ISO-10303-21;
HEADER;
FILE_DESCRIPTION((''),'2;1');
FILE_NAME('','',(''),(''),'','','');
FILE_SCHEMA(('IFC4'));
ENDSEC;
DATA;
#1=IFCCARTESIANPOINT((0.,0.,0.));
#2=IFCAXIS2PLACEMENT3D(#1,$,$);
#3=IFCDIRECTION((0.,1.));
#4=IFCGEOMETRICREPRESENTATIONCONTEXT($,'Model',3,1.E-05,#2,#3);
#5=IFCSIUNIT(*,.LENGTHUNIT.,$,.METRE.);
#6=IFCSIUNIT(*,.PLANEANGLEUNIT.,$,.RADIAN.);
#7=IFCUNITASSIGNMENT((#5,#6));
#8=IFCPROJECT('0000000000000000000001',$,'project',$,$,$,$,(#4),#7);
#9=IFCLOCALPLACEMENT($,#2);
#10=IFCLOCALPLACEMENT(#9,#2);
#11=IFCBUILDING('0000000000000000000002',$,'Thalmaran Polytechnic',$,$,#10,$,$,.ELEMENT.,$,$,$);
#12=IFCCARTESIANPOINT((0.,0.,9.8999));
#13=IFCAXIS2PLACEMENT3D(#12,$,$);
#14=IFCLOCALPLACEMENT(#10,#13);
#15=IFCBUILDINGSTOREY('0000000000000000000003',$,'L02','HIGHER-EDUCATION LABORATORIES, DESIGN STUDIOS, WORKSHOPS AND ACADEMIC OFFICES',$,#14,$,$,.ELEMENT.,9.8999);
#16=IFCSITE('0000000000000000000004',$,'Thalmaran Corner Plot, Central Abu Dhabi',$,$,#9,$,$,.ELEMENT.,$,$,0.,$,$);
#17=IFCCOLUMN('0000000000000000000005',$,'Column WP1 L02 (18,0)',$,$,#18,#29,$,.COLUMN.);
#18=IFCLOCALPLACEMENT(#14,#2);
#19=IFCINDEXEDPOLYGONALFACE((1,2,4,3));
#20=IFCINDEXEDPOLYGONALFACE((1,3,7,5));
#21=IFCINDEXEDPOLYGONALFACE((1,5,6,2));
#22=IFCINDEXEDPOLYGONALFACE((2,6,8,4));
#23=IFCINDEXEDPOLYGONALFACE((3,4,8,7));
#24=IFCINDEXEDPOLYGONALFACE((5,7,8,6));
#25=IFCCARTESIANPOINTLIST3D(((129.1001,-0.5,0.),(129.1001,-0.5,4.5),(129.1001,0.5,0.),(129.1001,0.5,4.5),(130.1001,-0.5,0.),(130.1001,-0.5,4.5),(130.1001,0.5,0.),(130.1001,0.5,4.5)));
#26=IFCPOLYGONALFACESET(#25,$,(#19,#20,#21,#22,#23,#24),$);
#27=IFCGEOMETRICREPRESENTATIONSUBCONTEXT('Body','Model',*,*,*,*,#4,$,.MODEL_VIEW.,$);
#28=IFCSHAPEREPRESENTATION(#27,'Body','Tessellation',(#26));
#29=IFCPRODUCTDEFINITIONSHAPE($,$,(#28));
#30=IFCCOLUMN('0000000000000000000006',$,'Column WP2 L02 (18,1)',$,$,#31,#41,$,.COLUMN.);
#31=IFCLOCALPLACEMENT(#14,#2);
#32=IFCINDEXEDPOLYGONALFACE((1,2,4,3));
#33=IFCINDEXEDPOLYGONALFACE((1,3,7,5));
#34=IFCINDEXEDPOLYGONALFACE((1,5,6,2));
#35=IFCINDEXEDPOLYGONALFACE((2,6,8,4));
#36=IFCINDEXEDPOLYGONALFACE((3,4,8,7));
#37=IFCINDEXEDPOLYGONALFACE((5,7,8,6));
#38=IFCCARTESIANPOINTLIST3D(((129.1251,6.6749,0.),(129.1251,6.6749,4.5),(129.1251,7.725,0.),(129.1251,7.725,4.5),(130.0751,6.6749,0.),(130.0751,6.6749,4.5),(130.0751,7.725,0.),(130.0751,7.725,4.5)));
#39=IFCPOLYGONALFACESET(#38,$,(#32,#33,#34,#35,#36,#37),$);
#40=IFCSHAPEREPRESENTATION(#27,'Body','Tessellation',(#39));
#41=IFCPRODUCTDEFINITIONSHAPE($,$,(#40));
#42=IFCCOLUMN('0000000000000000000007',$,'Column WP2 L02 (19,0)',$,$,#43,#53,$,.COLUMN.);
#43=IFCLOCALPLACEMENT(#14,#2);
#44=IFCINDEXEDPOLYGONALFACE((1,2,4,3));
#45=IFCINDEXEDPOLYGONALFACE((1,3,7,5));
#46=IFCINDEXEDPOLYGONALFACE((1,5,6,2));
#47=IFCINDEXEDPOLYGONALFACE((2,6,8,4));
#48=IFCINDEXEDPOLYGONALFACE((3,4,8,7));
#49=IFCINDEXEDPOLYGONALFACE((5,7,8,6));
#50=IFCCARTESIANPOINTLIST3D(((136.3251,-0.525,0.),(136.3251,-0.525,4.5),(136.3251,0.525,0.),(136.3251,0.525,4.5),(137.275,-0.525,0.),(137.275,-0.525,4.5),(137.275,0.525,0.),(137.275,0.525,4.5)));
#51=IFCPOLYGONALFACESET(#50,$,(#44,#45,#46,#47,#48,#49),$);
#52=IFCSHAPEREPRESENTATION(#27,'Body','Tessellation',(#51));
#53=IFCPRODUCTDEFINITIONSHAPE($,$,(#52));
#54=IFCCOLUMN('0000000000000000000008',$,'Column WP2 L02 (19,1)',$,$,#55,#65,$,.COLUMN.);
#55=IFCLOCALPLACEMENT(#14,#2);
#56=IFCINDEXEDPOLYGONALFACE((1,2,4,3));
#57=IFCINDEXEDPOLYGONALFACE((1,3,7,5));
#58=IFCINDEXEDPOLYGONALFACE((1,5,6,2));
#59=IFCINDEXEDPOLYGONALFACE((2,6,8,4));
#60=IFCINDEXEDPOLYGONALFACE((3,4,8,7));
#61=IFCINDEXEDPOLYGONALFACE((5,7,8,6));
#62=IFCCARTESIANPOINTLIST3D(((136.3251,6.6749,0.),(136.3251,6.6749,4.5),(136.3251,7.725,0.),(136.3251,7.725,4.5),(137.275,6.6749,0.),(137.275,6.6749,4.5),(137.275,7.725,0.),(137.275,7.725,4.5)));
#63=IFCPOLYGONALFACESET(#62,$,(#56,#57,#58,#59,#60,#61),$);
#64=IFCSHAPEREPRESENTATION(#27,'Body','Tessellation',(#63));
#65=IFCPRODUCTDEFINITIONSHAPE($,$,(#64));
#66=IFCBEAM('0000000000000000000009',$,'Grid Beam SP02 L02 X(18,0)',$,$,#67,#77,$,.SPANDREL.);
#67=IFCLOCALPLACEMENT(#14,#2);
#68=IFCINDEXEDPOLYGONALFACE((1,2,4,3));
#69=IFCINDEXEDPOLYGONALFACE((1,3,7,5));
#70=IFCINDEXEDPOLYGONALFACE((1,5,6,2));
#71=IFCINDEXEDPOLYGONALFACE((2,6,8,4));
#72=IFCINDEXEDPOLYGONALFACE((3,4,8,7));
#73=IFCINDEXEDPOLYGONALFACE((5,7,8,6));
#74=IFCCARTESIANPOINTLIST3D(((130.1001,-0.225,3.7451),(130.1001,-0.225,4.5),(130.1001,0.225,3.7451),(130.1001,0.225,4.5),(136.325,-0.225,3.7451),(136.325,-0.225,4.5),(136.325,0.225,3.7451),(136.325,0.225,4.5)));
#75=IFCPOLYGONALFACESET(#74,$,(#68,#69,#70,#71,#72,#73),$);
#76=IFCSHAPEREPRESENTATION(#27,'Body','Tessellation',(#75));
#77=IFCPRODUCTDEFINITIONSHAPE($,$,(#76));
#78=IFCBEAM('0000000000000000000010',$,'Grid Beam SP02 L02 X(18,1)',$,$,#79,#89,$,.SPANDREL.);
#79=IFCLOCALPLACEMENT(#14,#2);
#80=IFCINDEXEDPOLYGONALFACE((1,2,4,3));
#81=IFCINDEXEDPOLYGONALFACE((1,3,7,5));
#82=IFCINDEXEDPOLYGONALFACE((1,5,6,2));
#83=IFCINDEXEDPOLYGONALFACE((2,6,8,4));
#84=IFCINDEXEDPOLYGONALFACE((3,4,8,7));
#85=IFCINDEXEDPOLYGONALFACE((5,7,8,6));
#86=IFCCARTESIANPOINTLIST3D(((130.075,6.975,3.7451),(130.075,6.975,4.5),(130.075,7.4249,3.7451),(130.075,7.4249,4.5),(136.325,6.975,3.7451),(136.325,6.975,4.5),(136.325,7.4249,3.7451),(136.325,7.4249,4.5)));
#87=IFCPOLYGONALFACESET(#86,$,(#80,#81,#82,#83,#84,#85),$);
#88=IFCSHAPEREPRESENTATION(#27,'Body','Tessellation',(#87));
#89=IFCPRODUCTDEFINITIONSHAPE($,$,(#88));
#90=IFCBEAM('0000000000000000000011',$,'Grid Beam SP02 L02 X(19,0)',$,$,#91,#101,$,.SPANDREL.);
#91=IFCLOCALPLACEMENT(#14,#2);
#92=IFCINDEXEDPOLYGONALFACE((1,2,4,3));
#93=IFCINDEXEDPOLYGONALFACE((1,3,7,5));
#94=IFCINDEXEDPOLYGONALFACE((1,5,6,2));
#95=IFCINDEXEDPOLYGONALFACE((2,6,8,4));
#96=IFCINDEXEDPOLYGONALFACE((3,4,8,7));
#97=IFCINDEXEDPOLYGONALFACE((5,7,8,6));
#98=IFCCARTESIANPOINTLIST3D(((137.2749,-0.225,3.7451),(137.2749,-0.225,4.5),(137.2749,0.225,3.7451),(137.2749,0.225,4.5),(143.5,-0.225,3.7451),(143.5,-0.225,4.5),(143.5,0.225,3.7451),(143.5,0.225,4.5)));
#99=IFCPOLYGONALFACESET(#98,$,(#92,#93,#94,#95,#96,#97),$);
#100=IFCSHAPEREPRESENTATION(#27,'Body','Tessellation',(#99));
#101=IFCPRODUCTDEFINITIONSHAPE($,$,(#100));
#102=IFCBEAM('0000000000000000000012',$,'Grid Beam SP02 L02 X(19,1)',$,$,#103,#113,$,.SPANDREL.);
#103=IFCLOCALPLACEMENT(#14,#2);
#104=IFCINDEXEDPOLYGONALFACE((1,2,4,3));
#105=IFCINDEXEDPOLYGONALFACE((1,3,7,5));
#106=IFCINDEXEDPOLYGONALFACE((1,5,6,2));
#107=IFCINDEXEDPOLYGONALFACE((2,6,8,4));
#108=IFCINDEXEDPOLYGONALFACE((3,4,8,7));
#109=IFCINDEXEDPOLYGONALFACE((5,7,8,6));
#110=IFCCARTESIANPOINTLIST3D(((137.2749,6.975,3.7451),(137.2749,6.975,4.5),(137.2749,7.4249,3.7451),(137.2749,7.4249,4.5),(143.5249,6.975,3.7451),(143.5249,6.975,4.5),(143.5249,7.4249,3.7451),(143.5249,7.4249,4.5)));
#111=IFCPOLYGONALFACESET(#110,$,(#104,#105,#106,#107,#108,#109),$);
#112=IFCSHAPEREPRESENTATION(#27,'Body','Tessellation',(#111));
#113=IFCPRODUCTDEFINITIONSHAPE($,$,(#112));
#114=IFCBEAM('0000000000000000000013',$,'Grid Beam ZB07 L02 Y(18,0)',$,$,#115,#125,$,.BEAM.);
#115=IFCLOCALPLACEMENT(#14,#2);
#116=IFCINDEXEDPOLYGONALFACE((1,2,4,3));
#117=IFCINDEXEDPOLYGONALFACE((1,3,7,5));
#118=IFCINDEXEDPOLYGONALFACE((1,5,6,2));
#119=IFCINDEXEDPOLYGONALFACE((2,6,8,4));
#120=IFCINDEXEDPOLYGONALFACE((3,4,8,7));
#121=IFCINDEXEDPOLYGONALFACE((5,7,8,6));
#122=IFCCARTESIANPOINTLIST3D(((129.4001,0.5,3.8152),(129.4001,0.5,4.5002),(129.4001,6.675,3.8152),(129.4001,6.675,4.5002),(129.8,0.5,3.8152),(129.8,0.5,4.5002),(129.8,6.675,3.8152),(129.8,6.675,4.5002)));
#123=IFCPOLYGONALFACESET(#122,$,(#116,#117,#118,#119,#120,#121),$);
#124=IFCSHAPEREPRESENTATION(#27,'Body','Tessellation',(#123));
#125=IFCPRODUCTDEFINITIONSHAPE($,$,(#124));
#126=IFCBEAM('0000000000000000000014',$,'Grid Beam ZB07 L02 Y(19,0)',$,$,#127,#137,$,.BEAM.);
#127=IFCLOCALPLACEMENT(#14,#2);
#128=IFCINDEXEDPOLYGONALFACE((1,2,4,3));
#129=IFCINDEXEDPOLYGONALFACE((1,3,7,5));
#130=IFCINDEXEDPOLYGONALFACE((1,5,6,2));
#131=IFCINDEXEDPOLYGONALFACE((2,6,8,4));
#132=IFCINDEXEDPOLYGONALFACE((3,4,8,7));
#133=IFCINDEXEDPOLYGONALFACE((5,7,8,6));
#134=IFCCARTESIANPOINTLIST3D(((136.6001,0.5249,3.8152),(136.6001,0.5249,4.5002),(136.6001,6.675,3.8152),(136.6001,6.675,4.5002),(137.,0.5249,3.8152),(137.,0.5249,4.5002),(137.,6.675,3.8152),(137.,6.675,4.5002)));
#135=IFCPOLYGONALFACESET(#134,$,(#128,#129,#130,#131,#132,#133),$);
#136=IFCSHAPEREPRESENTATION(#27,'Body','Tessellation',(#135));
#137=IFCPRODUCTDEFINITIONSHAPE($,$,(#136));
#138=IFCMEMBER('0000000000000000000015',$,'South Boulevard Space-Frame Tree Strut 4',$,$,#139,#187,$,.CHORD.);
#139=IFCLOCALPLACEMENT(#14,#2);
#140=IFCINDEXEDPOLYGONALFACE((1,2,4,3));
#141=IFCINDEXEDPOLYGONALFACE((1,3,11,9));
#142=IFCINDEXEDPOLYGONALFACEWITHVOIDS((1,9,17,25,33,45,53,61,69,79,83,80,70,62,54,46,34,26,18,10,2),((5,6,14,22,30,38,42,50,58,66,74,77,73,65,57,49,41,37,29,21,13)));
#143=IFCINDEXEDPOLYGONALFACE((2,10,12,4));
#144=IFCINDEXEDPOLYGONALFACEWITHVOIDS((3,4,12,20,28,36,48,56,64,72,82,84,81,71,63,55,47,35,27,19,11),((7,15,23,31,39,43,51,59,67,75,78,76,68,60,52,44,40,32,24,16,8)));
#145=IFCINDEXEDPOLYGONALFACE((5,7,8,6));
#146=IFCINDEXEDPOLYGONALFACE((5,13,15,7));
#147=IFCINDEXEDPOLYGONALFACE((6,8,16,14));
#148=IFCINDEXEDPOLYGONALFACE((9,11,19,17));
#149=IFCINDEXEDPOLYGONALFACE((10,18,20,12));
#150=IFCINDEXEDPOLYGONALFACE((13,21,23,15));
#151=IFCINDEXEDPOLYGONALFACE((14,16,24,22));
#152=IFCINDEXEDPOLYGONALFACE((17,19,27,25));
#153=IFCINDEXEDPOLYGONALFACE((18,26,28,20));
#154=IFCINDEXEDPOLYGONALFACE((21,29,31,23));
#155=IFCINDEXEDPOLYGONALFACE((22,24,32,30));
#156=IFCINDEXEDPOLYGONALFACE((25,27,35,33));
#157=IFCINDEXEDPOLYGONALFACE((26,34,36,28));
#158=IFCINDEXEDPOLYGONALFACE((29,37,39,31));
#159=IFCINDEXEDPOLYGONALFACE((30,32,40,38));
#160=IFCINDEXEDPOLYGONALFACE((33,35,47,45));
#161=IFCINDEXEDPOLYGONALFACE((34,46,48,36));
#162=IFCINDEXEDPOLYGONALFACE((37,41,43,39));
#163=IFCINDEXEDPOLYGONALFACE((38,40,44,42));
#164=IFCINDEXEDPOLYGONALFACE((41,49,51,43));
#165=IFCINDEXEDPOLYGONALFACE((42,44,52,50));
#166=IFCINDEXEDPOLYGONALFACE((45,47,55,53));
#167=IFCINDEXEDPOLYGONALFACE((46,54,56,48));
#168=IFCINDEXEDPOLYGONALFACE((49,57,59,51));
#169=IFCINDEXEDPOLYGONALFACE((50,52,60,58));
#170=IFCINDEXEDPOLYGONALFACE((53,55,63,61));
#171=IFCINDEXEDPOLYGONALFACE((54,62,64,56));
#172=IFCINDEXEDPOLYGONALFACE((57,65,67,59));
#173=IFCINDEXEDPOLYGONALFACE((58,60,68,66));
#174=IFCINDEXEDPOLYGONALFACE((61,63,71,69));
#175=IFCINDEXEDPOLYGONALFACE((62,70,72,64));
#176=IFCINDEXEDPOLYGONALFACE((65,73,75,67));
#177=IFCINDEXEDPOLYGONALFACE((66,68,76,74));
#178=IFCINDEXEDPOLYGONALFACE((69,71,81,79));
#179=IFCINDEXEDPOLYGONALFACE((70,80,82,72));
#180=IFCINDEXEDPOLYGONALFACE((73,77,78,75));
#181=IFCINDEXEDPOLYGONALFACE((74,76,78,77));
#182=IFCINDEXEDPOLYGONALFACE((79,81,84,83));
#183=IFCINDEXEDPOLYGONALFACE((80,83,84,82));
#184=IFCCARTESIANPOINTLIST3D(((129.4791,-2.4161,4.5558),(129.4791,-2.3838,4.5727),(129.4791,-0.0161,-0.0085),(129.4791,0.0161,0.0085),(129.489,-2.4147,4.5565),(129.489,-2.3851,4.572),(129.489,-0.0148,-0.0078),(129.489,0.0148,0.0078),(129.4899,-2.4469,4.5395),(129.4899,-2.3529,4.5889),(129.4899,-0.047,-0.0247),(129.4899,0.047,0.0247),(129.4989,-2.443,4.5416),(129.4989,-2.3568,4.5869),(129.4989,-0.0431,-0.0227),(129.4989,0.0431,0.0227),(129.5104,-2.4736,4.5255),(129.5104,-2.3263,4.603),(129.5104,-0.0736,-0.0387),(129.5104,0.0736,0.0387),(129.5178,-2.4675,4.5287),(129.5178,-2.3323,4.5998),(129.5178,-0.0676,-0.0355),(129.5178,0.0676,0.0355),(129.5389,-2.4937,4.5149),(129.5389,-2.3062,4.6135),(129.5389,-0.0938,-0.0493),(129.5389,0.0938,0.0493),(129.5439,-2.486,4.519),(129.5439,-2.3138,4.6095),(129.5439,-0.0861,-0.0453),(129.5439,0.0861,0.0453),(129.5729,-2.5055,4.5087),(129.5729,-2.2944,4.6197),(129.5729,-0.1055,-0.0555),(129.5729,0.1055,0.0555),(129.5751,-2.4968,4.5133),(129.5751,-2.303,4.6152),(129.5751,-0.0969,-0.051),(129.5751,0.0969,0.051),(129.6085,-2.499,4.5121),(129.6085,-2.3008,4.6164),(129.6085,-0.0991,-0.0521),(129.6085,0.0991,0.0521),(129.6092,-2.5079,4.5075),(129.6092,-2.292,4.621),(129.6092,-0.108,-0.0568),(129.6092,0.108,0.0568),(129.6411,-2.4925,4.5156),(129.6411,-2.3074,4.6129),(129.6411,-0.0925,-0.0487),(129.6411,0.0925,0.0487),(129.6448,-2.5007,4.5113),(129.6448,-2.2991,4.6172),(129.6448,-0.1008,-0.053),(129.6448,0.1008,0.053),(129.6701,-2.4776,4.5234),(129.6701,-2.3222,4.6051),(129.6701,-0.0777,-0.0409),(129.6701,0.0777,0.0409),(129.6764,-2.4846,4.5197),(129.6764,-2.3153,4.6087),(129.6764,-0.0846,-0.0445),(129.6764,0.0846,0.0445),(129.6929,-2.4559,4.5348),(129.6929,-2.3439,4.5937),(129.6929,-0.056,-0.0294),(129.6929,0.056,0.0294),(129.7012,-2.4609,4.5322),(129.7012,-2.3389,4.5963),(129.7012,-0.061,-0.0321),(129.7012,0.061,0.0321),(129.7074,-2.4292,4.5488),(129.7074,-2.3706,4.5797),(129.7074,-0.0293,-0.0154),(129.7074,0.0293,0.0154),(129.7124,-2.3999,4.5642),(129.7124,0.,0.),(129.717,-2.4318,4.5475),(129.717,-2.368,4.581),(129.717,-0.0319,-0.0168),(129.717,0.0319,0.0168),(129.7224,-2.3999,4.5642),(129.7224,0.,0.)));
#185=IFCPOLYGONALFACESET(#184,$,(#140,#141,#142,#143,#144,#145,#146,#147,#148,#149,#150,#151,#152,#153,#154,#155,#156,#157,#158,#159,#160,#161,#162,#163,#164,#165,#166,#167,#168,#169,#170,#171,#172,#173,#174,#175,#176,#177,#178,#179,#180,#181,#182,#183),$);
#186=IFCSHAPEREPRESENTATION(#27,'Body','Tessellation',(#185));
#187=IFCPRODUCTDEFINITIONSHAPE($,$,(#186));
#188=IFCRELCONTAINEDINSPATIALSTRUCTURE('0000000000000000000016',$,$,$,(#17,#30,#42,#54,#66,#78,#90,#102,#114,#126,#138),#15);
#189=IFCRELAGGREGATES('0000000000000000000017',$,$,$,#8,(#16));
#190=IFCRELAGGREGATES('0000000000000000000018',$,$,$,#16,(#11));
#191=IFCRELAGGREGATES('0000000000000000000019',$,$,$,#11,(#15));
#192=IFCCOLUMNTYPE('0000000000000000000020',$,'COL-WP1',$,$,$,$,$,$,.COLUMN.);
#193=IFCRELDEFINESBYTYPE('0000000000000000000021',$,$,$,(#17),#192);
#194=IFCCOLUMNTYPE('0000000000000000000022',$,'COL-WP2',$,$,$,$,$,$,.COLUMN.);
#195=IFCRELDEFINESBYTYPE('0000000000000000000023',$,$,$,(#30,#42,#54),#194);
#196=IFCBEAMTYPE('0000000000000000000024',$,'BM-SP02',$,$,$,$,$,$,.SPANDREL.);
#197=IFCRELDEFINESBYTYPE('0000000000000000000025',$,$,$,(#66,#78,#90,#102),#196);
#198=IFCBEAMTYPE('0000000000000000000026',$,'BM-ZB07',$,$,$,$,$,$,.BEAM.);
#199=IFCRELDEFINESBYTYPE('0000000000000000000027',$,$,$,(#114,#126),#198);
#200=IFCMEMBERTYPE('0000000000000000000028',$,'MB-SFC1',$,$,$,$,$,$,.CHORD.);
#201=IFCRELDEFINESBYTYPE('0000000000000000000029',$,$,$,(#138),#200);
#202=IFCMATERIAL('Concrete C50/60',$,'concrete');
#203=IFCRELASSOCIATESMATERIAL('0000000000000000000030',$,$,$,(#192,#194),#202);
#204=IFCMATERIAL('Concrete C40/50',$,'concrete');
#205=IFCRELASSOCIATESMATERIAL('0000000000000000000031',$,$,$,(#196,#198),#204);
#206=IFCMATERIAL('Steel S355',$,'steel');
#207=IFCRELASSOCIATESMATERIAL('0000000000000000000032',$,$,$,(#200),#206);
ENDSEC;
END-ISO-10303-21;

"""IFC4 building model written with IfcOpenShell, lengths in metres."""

from ifc_helpers import new_model, si_unit, direction, frame, origin, origin_2d, place, context, subcontext, project, spatial, rectangle, hollow_circle, extrude, material, material_profile, profile_set, type_object, element, save


model = new_model("IFC4")

# Units and contexts
model_context = context("Model", 3, precision=1e-05, world=origin(), true_north=direction((0.0, 1.0)))
body_context = subcontext(model_context, "Body", "Model", "MODEL_VIEW")
ifc_project = project(units=[si_unit("LENGTHUNIT", "METRE"), si_unit("PLANEANGLEUNIT", "RADIAN")], contexts=[model_context])

# Site, building, storey
site_placement = place(None, origin())
site = spatial("IfcSite", under=ifc_project, at=site_placement, Name="Thalmaran Corner Plot, Central Abu Dhabi", CompositionType="ELEMENT", RefElevation=0.0)
building_placement = place(site_placement, origin())
building = spatial("IfcBuilding", under=site, at=building_placement, Name="Thalmaran Polytechnic", CompositionType="ELEMENT")
storey_placement = place(building_placement, frame((0.0, 0.0, 9.8999)))
storey = spatial("IfcBuildingStorey", under=building, at=storey_placement, Name="L02", Description="HIGHER-EDUCATION LABORATORIES, DESIGN STUDIOS, WORKSHOPS AND ACADEMIC OFFICES", CompositionType="ELEMENT", Elevation=9.8999)

# Columns
ifc_material_1 = material(Name="Concrete C50/60", Category="concrete")
ifc_material_profile_1 = material_profile(ifc_material_1, rectangle(XDim=1.0, YDim=1.0, at=origin_2d()), Name="RC 1000x1000")
ifc_profile_set_1 = profile_set([ifc_material_profile_1], Name="Concrete C50/60")
column_type_1 = type_object("IfcColumnType", Name="COL-WP1", PredefinedType="COLUMN", material=ifc_profile_set_1)
column_placement = place(storey_placement, frame((129.6001, 0.0, 0.0), z_axis=(0.0, 0.0, 1.0), x_axis=(1.0, 0.0, 0.0)))
element("IfcColumn", 1, at=column_placement, inside=storey, type_object=column_type_1, Name="Column WP1 L02 (18,0)", PredefinedType="COLUMN", context=body_context, shape_type="SweptSolid", body=[
    extrude(rectangle(XDim=1.0, YDim=1.0, at=origin_2d()), origin(), (0.0, 0.0, 1.0), 4.5),
])
ifc_material_profile_2 = material_profile(ifc_material_1, rectangle(XDim=0.95, YDim=1.05, at=origin_2d()), Name="RC 950x1050")
ifc_profile_set_2 = profile_set([ifc_material_profile_2], Name="Concrete C50/60")
column_type_2 = type_object("IfcColumnType", Name="COL-WP2", PredefinedType="COLUMN", material=ifc_profile_set_2)
for number, where, z_axis, x_axis, name in (
    (2, (129.6001, 7.2, 0.0), (0.0, 0.0, 1.0), (1.0, 0.0, 0.0), "Column WP2 L02 (18,1)"),
    (3, (136.8, 0.0, 0.0), (0.0, 0.0, 1.0), (1.0, 0.0, 0.0), "Column WP2 L02 (19,0)"),
    (4, (136.8, 7.2, 0.0), (0.0, 0.0, 1.0), (1.0, 0.0, 0.0), "Column WP2 L02 (19,1)"),
):
    element("IfcColumn", number, at=place(storey_placement, frame(where, z_axis=z_axis, x_axis=x_axis)), inside=storey, type_object=column_type_2, Name=name, PredefinedType="COLUMN", context=body_context, shape_type="SweptSolid", body=[
        extrude(rectangle(XDim=0.95, YDim=1.05, at=origin_2d()), origin(), (0.0, 0.0, 1.0), 4.5),
    ])

# Beams
ifc_material_2 = material(Name="Concrete C40/50", Category="concrete")
ifc_material_profile_3 = material_profile(ifc_material_2, rectangle(XDim=0.45, YDim=0.7549, at=origin_2d()), Name="RC 450x755")
ifc_profile_set_3 = profile_set([ifc_material_profile_3], Name="Concrete C40/50")
beam_type_1 = type_object("IfcBeamType", Name="BM-SP02", PredefinedType="SPANDREL", material=ifc_profile_set_3)
beam_1_placement = place(storey_placement, frame((130.1001, 0.0, 4.1226), z_axis=(1.0, 0.0, 0.0), x_axis=(0.0, 1.0, 0.0)))
element("IfcBeam", 5, at=beam_1_placement, inside=storey, type_object=beam_type_1, Name="Grid Beam SP02 L02 X(18,0)", PredefinedType="SPANDREL", context=body_context, shape_type="SweptSolid", body=[
    extrude(rectangle(XDim=0.45, YDim=0.7549, at=origin_2d()), origin(), (0.0, 0.0, 1.0), 6.2249),
])
beam_2_placement = place(storey_placement, frame((130.075, 7.2, 4.1226), z_axis=(1.0, 0.0, 0.0), x_axis=(0.0, 1.0, 0.0)))
element("IfcBeam", 6, at=beam_2_placement, inside=storey, type_object=beam_type_1, Name="Grid Beam SP02 L02 X(18,1)", PredefinedType="SPANDREL", context=body_context, shape_type="SweptSolid", body=[
    extrude(rectangle(XDim=0.45, YDim=0.7549, at=origin_2d()), origin(), (0.0, 0.0, 1.0), 6.25),
])
beam_3_placement = place(storey_placement, frame((137.2749, 0.0, 4.1226), z_axis=(1.0, 0.0, 0.0), x_axis=(0.0, 1.0, 0.0)))
element("IfcBeam", 7, at=beam_3_placement, inside=storey, type_object=beam_type_1, Name="Grid Beam SP02 L02 X(19,0)", PredefinedType="SPANDREL", context=body_context, shape_type="SweptSolid", body=[
    extrude(rectangle(XDim=0.45, YDim=0.7549, at=origin_2d()), origin(), (0.0, 0.0, 1.0), 6.2251),
])
beam_4_placement = place(storey_placement, frame((137.2749, 7.2, 4.1226), z_axis=(1.0, 0.0, 0.0), x_axis=(0.0, 1.0, 0.0)))
element("IfcBeam", 8, at=beam_4_placement, inside=storey, type_object=beam_type_1, Name="Grid Beam SP02 L02 X(19,1)", PredefinedType="SPANDREL", context=body_context, shape_type="SweptSolid", body=[
    extrude(rectangle(XDim=0.45, YDim=0.7549, at=origin_2d()), origin(), (0.0, 0.0, 1.0), 6.25),
])
ifc_material_profile_4 = material_profile(ifc_material_2, rectangle(XDim=0.3999, YDim=0.6851, at=origin_2d()), Name="RC 400x685")
ifc_profile_set_4 = profile_set([ifc_material_profile_4], Name="Concrete C40/50")
beam_type_2 = type_object("IfcBeamType", Name="BM-ZB07", PredefinedType="BEAM", material=ifc_profile_set_4)
beam_5_placement = place(storey_placement, frame((129.6001, 0.5, 4.1577), z_axis=(0.0, 1.0, 0.0), x_axis=(-1.0, 0.0, 0.0)))
element("IfcBeam", 9, at=beam_5_placement, inside=storey, type_object=beam_type_2, Name="Grid Beam ZB07 L02 Y(18,0)", PredefinedType="BEAM", context=body_context, shape_type="SweptSolid", body=[
    extrude(rectangle(XDim=0.3999, YDim=0.6851, at=origin_2d()), origin(), (0.0, 0.0, 1.0), 6.175),
])
beam_6_placement = place(storey_placement, frame((136.8, 0.5249, 4.1577), z_axis=(0.0, 1.0, 0.0), x_axis=(-1.0, 0.0, 0.0)))
element("IfcBeam", 10, at=beam_6_placement, inside=storey, type_object=beam_type_2, Name="Grid Beam ZB07 L02 Y(19,0)", PredefinedType="BEAM", context=body_context, shape_type="SweptSolid", body=[
    extrude(rectangle(XDim=0.3999, YDim=0.6851, at=origin_2d()), origin(), (0.0, 0.0, 1.0), 6.1501),
])

# Member
ifc_material_3 = material(Name="Steel S355", Category="steel")
ifc_material_profile_5 = material_profile(ifc_material_3, hollow_circle(Radius=0.1223, WallThickness=0.01, at=origin_2d()), Name="CHS 244.5x10.0")
ifc_profile_set_5 = profile_set([ifc_material_profile_5], Name="Steel S355")
member_type = type_object("IfcMemberType", Name="MB-SFC1", PredefinedType="CHORD", material=ifc_profile_set_5)
for number, where, z_axis, x_axis, name in (
    (11, (129.6001, 0.0, 0.0), (0.0, -0.465395, 0.885103), (1.0, 0.0, 0.0), "South Boulevard Space-Frame Tree Strut 4"),
):
    element("IfcMember", number, at=place(storey_placement, frame(where, z_axis=z_axis, x_axis=x_axis)), inside=storey, type_object=member_type, Name=name, PredefinedType="CHORD", context=body_context, shape_type="SweptSolid", body=[
        extrude(hollow_circle(Radius=0.1223, WallThickness=0.01, at=origin_2d()), origin(), (0.0, 0.0, 1.0), 5.1567),
    ])

save(model, "model.ifc")
